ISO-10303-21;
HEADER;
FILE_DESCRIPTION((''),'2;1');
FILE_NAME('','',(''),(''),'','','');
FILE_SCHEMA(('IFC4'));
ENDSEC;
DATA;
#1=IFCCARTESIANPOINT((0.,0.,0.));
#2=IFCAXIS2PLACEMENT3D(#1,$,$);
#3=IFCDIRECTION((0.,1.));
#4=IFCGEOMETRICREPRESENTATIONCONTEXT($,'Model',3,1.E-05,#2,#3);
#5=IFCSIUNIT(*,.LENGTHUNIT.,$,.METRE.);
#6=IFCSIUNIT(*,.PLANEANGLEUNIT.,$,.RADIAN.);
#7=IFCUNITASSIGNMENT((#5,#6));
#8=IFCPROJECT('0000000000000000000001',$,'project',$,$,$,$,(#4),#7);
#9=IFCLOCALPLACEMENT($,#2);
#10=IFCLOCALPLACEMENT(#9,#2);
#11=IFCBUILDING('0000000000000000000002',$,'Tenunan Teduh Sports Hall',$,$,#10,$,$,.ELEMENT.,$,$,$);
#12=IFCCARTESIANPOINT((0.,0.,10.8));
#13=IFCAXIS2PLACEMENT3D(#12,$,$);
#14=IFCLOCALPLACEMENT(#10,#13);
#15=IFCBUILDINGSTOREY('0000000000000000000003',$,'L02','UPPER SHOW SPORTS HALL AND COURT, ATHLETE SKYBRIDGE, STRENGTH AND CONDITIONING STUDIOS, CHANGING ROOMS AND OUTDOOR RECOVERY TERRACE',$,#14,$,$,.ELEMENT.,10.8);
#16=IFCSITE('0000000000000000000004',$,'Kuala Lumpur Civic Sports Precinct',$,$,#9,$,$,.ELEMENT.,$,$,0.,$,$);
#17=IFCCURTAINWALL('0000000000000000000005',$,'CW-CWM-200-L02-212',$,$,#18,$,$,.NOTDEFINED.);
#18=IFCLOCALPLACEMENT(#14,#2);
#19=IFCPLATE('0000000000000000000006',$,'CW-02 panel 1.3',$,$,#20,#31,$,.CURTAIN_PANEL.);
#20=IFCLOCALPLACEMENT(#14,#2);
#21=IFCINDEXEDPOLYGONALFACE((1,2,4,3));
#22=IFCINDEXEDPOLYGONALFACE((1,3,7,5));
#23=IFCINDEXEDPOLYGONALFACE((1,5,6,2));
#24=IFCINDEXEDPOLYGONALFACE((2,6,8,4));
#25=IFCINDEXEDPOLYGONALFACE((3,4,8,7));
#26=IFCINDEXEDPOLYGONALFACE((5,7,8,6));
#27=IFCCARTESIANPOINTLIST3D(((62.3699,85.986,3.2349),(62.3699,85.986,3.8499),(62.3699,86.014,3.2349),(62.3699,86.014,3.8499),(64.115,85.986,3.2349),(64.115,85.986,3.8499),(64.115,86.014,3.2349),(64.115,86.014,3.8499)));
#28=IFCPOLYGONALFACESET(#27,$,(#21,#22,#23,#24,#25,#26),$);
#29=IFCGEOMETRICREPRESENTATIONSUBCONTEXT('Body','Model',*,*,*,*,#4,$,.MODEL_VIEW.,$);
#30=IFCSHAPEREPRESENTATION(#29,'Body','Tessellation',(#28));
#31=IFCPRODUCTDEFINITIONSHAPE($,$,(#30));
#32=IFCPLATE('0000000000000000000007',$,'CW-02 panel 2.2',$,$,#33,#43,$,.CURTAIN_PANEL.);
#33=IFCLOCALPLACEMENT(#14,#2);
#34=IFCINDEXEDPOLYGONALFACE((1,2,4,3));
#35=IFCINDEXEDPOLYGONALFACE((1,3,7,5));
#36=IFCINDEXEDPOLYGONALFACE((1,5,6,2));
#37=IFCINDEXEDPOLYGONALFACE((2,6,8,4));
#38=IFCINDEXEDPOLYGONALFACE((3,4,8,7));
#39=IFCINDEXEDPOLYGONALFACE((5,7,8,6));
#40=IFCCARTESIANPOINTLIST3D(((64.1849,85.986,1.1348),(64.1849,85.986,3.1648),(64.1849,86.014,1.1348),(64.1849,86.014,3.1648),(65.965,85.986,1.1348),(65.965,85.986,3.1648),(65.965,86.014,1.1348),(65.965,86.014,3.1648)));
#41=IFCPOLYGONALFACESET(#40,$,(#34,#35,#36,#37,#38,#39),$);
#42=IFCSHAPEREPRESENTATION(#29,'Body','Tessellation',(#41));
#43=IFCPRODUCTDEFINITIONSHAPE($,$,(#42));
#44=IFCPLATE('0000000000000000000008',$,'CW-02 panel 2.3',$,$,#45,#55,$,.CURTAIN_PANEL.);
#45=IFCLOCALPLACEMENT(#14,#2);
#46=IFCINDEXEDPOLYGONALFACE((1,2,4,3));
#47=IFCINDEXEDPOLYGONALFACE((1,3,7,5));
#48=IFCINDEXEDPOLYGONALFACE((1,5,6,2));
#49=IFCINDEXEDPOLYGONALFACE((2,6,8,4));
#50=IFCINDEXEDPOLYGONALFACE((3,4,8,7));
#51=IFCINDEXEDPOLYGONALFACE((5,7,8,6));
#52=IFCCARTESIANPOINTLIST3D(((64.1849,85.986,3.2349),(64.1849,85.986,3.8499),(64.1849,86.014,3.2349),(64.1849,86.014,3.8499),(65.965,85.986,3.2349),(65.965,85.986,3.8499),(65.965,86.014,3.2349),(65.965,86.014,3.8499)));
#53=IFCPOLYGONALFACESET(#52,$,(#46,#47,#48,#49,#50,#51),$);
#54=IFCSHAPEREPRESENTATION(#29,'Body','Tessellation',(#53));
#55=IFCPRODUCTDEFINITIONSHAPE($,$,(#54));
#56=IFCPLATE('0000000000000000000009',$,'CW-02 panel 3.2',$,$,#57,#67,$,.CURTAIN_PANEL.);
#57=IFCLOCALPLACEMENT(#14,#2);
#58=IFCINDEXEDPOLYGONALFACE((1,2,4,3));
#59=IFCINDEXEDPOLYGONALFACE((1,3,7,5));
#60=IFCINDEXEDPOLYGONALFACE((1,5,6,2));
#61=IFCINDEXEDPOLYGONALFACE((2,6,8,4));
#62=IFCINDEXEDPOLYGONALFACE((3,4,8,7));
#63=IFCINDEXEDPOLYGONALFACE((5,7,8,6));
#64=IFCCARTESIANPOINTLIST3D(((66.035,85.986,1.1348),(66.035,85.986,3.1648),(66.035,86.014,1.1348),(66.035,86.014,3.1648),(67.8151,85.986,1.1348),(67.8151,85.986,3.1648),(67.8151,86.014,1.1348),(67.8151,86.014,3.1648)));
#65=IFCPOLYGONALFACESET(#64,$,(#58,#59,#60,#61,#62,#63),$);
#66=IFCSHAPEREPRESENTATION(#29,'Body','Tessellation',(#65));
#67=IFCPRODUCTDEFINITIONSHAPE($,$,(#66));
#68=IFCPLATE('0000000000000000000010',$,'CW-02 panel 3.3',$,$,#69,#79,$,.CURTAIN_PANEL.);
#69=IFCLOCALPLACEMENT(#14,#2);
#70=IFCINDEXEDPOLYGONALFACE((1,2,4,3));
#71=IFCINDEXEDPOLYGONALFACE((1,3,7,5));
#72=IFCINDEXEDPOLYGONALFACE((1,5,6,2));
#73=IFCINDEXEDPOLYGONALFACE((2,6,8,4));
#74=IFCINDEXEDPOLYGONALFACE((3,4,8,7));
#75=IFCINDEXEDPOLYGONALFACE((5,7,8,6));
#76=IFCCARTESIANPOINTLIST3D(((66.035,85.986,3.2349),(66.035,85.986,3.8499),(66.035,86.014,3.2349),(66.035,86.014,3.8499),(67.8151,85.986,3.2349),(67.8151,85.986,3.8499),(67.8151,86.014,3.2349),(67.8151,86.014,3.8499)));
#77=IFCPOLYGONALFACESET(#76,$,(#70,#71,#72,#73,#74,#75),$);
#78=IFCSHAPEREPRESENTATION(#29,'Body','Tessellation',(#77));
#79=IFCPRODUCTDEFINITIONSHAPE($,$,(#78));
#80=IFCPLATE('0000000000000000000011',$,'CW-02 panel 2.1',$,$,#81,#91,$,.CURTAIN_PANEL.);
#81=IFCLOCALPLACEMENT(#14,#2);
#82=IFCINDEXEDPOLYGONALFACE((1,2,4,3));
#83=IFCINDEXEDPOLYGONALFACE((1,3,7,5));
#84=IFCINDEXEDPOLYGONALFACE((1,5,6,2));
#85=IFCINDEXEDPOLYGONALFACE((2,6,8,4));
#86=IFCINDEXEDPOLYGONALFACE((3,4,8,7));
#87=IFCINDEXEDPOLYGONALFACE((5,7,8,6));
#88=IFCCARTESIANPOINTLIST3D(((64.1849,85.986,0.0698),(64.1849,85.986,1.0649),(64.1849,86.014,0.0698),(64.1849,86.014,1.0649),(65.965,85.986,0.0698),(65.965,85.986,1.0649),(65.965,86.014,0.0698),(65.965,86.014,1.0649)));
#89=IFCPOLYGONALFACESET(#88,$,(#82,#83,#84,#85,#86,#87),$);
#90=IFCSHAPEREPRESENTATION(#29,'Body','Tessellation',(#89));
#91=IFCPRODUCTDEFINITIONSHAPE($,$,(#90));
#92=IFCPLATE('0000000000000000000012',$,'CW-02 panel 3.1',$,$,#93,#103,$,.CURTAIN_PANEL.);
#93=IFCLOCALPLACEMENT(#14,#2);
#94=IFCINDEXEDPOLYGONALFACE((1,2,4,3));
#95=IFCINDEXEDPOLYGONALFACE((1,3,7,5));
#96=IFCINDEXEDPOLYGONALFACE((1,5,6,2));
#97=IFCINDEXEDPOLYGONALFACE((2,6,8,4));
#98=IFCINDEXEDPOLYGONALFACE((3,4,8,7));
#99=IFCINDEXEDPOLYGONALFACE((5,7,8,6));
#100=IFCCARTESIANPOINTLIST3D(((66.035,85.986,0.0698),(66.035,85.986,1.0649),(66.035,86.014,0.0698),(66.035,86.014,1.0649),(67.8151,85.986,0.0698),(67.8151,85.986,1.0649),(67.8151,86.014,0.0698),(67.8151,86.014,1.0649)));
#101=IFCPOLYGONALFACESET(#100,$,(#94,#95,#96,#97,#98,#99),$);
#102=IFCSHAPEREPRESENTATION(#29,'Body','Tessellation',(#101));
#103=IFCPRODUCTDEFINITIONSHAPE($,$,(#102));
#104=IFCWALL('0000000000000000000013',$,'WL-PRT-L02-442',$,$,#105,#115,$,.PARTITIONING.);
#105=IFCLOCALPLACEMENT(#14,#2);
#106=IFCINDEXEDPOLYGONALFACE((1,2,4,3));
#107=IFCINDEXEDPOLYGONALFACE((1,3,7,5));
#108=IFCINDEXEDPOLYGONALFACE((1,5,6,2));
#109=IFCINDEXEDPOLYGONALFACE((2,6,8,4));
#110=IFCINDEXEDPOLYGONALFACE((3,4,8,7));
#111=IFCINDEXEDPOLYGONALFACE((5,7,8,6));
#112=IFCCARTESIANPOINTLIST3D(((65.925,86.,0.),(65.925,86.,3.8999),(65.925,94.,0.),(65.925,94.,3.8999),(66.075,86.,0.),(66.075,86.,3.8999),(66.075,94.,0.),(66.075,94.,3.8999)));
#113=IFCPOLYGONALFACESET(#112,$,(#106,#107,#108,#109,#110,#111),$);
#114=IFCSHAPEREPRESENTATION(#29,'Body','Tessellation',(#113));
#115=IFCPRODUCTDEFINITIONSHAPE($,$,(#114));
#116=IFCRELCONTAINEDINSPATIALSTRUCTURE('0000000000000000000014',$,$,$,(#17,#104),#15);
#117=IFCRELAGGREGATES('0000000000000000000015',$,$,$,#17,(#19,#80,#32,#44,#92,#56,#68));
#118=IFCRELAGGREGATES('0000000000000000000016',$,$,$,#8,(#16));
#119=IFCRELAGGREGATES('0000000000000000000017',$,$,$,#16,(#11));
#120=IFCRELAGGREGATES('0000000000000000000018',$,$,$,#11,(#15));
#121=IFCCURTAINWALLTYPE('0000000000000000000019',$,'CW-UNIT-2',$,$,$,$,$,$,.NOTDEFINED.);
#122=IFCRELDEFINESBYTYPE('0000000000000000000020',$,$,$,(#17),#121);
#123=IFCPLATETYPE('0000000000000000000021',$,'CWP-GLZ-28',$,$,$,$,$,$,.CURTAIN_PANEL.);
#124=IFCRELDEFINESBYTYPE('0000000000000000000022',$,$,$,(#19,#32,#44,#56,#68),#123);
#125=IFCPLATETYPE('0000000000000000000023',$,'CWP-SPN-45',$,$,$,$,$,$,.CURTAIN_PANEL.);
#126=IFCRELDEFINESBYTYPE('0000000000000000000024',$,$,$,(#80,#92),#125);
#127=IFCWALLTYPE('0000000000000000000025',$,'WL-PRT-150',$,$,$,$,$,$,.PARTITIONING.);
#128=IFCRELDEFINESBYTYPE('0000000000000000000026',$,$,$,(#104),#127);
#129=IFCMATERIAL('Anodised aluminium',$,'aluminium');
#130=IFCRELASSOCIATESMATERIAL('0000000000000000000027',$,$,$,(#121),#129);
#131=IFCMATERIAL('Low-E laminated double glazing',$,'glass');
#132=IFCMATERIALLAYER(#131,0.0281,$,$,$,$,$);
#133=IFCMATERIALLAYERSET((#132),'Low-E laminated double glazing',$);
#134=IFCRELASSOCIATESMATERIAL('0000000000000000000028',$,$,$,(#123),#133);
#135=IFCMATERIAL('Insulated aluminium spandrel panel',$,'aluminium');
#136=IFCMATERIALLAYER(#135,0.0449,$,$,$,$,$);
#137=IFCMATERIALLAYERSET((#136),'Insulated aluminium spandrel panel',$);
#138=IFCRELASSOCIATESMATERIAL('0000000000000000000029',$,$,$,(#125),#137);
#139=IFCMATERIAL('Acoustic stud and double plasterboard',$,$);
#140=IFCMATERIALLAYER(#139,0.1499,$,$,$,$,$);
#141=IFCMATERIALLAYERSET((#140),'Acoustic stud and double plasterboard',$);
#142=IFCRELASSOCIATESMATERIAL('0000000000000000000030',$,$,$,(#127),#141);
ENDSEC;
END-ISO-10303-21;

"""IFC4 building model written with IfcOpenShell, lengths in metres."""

from ifc_helpers import new_model, si_unit, direction, frame, frame_2d, origin, origin_2d, place, context, subcontext, project, spatial, rectangle, extrude, material, layer, layer_set, type_object, element, aggregate, save


model = new_model("IFC4")

# Units and contexts
model_context = context("Model", 3, precision=1e-05, world=origin(), true_north=direction((0.0, 1.0)))
body_context = subcontext(model_context, "Body", "Model", "MODEL_VIEW")
ifc_project = project(units=[si_unit("LENGTHUNIT", "METRE"), si_unit("PLANEANGLEUNIT", "RADIAN")], contexts=[model_context])

# Site, building, storey
site_placement = place(None, origin())
site = spatial("IfcSite", under=ifc_project, at=site_placement, Name="Kuala Lumpur Civic Sports Precinct", CompositionType="ELEMENT", RefElevation=0.0)
building_placement = place(site_placement, origin())
building = spatial("IfcBuilding", under=site, at=building_placement, Name="Tenunan Teduh Sports Hall", CompositionType="ELEMENT")
storey_placement = place(building_placement, frame((0.0, 0.0, 10.8)))
storey = spatial("IfcBuildingStorey", under=building, at=storey_placement, Name="L02", Description="UPPER SHOW SPORTS HALL AND COURT, ATHLETE SKYBRIDGE, STRENGTH AND CONDITIONING STUDIOS, CHANGING ROOMS AND OUTDOOR RECOVERY TERRACE", CompositionType="ELEMENT", Elevation=10.8)

# Curtain wall, plates
ifc_material_1 = material(Name="Anodised aluminium", Category="aluminium")
curtain_wall_type = type_object("IfcCurtainWallType", Name="CW-UNIT-2", PredefinedType="NOTDEFINED", material=ifc_material_1)
curtain_wall_placement = place(storey_placement, origin())
curtain_wall = element("IfcCurtainWall", 1, at=curtain_wall_placement, inside=storey, type_object=curtain_wall_type, Name="CW-CWM-200-L02-212", PredefinedType="NOTDEFINED")
ifc_material_2 = material(Name="Low-E laminated double glazing", Category="glass")
ifc_layer_1 = layer(ifc_material_2, 0.0281)
ifc_layer_set_1 = layer_set([ifc_layer_1], Name="Low-E laminated double glazing")
plate_type_1 = type_object("IfcPlateType", Name="CWP-GLZ-28", PredefinedType="CURTAIN_PANEL", material=ifc_layer_set_1)
plate_1_placement = place(storey_placement, frame((63.2424, 86.0, 3.2349), z_axis=(0.0, 0.0, 1.0), x_axis=(1.0, 0.0, 0.0)))
plate_1 = element("IfcPlate", 2, at=plate_1_placement, type_object=plate_type_1, Name="CW-02 panel 1.3", PredefinedType="CURTAIN_PANEL", context=body_context, shape_type="SweptSolid", body=[
    extrude(rectangle(XDim=1.7451, YDim=0.0281, at=origin_2d()), origin(), (0.0, 0.0, 1.0), 0.615),
])
plate_2_placement = place(storey_placement, frame((65.075, 86.0, 1.1348), z_axis=(0.0, 0.0, 1.0), x_axis=(1.0, 0.0, 0.0)))
plate_2 = element("IfcPlate", 3, at=plate_2_placement, type_object=plate_type_1, Name="CW-02 panel 2.2", PredefinedType="CURTAIN_PANEL", context=body_context, shape_type="SweptSolid", body=[
    extrude(rectangle(XDim=1.78, YDim=0.0281, at=origin_2d()), origin(), (0.0, 0.0, 1.0), 2.03),
])
plate_3_placement = place(storey_placement, frame((65.075, 86.0, 3.2349), z_axis=(0.0, 0.0, 1.0), x_axis=(1.0, 0.0, 0.0)))
plate_3 = element("IfcPlate", 4, at=plate_3_placement, type_object=plate_type_1, Name="CW-02 panel 2.3", PredefinedType="CURTAIN_PANEL", context=body_context, shape_type="SweptSolid", body=[
    extrude(rectangle(XDim=1.78, YDim=0.0281, at=origin_2d()), origin(), (0.0, 0.0, 1.0), 0.615),
])
plate_4_placement = place(storey_placement, frame((66.925, 86.0, 1.1348), z_axis=(0.0, 0.0, 1.0), x_axis=(1.0, 0.0, 0.0)))
plate_4 = element("IfcPlate", 5, at=plate_4_placement, type_object=plate_type_1, Name="CW-02 panel 3.2", PredefinedType="CURTAIN_PANEL", context=body_context, shape_type="SweptSolid", body=[
    extrude(rectangle(XDim=1.78, YDim=0.0281, at=origin_2d()), origin(), (0.0, 0.0, 1.0), 2.03),
])
plate_5_placement = place(storey_placement, frame((66.925, 86.0, 3.2349), z_axis=(0.0, 0.0, 1.0), x_axis=(1.0, 0.0, 0.0)))
plate_5 = element("IfcPlate", 6, at=plate_5_placement, type_object=plate_type_1, Name="CW-02 panel 3.3", PredefinedType="CURTAIN_PANEL", context=body_context, shape_type="SweptSolid", body=[
    extrude(rectangle(XDim=1.78, YDim=0.0281, at=origin_2d()), origin(), (0.0, 0.0, 1.0), 0.615),
])
ifc_material_3 = material(Name="Insulated aluminium spandrel panel", Category="aluminium")
ifc_layer_2 = layer(ifc_material_3, 0.0449)
ifc_layer_set_2 = layer_set([ifc_layer_2], Name="Insulated aluminium spandrel panel")
plate_type_2 = type_object("IfcPlateType", Name="CWP-SPN-45", PredefinedType="CURTAIN_PANEL", material=ifc_layer_set_2)
plate_6_placement = place(storey_placement, frame((65.075, 86.0, 0.0698), z_axis=(0.0, 0.0, 1.0), x_axis=(1.0, 0.0, 0.0)))
plate_6 = element("IfcPlate", 7, at=plate_6_placement, type_object=plate_type_2, Name="CW-02 panel 2.1", PredefinedType="CURTAIN_PANEL", context=body_context, shape_type="SweptSolid", body=[
    extrude(rectangle(XDim=1.78, YDim=0.0281, at=origin_2d()), origin(), (0.0, 0.0, 1.0), 0.9951),
])
plate_7_placement = place(storey_placement, frame((66.925, 86.0, 0.0698), z_axis=(0.0, 0.0, 1.0), x_axis=(1.0, 0.0, 0.0)))
plate_7 = element("IfcPlate", 8, at=plate_7_placement, type_object=plate_type_2, Name="CW-02 panel 3.1", PredefinedType="CURTAIN_PANEL", context=body_context, shape_type="SweptSolid", body=[
    extrude(rectangle(XDim=1.78, YDim=0.0281, at=origin_2d()), origin(), (0.0, 0.0, 1.0), 0.9951),
])
aggregate(curtain_wall, [plate_1, plate_6, plate_2, plate_3, plate_7, plate_4, plate_5])

# Wall
ifc_material_4 = material(Name="Acoustic stud and double plasterboard")
ifc_layer_3 = layer(ifc_material_4, 0.1499)
ifc_layer_set_3 = layer_set([ifc_layer_3], Name="Acoustic stud and double plasterboard")
wall_type = type_object("IfcWallType", Name="WL-PRT-150", PredefinedType="PARTITIONING", material=ifc_layer_set_3)
wall_placement = place(storey_placement, frame((66.0, 86.0, 0.0), z_axis=(0.0, 0.0, 1.0), x_axis=(0.0, 1.0, 0.0)))
element("IfcWall", 9, at=wall_placement, inside=storey, type_object=wall_type, Name="WL-PRT-L02-442", PredefinedType="PARTITIONING", context=body_context, shape_type="SweptSolid", body=[
    extrude(rectangle(XDim=8.0, YDim=0.1499, at=frame_2d((4.0, 0.0))), origin(), (0.0, 0.0, 1.0), 3.8999),
])

save(model, "model.ifc")
